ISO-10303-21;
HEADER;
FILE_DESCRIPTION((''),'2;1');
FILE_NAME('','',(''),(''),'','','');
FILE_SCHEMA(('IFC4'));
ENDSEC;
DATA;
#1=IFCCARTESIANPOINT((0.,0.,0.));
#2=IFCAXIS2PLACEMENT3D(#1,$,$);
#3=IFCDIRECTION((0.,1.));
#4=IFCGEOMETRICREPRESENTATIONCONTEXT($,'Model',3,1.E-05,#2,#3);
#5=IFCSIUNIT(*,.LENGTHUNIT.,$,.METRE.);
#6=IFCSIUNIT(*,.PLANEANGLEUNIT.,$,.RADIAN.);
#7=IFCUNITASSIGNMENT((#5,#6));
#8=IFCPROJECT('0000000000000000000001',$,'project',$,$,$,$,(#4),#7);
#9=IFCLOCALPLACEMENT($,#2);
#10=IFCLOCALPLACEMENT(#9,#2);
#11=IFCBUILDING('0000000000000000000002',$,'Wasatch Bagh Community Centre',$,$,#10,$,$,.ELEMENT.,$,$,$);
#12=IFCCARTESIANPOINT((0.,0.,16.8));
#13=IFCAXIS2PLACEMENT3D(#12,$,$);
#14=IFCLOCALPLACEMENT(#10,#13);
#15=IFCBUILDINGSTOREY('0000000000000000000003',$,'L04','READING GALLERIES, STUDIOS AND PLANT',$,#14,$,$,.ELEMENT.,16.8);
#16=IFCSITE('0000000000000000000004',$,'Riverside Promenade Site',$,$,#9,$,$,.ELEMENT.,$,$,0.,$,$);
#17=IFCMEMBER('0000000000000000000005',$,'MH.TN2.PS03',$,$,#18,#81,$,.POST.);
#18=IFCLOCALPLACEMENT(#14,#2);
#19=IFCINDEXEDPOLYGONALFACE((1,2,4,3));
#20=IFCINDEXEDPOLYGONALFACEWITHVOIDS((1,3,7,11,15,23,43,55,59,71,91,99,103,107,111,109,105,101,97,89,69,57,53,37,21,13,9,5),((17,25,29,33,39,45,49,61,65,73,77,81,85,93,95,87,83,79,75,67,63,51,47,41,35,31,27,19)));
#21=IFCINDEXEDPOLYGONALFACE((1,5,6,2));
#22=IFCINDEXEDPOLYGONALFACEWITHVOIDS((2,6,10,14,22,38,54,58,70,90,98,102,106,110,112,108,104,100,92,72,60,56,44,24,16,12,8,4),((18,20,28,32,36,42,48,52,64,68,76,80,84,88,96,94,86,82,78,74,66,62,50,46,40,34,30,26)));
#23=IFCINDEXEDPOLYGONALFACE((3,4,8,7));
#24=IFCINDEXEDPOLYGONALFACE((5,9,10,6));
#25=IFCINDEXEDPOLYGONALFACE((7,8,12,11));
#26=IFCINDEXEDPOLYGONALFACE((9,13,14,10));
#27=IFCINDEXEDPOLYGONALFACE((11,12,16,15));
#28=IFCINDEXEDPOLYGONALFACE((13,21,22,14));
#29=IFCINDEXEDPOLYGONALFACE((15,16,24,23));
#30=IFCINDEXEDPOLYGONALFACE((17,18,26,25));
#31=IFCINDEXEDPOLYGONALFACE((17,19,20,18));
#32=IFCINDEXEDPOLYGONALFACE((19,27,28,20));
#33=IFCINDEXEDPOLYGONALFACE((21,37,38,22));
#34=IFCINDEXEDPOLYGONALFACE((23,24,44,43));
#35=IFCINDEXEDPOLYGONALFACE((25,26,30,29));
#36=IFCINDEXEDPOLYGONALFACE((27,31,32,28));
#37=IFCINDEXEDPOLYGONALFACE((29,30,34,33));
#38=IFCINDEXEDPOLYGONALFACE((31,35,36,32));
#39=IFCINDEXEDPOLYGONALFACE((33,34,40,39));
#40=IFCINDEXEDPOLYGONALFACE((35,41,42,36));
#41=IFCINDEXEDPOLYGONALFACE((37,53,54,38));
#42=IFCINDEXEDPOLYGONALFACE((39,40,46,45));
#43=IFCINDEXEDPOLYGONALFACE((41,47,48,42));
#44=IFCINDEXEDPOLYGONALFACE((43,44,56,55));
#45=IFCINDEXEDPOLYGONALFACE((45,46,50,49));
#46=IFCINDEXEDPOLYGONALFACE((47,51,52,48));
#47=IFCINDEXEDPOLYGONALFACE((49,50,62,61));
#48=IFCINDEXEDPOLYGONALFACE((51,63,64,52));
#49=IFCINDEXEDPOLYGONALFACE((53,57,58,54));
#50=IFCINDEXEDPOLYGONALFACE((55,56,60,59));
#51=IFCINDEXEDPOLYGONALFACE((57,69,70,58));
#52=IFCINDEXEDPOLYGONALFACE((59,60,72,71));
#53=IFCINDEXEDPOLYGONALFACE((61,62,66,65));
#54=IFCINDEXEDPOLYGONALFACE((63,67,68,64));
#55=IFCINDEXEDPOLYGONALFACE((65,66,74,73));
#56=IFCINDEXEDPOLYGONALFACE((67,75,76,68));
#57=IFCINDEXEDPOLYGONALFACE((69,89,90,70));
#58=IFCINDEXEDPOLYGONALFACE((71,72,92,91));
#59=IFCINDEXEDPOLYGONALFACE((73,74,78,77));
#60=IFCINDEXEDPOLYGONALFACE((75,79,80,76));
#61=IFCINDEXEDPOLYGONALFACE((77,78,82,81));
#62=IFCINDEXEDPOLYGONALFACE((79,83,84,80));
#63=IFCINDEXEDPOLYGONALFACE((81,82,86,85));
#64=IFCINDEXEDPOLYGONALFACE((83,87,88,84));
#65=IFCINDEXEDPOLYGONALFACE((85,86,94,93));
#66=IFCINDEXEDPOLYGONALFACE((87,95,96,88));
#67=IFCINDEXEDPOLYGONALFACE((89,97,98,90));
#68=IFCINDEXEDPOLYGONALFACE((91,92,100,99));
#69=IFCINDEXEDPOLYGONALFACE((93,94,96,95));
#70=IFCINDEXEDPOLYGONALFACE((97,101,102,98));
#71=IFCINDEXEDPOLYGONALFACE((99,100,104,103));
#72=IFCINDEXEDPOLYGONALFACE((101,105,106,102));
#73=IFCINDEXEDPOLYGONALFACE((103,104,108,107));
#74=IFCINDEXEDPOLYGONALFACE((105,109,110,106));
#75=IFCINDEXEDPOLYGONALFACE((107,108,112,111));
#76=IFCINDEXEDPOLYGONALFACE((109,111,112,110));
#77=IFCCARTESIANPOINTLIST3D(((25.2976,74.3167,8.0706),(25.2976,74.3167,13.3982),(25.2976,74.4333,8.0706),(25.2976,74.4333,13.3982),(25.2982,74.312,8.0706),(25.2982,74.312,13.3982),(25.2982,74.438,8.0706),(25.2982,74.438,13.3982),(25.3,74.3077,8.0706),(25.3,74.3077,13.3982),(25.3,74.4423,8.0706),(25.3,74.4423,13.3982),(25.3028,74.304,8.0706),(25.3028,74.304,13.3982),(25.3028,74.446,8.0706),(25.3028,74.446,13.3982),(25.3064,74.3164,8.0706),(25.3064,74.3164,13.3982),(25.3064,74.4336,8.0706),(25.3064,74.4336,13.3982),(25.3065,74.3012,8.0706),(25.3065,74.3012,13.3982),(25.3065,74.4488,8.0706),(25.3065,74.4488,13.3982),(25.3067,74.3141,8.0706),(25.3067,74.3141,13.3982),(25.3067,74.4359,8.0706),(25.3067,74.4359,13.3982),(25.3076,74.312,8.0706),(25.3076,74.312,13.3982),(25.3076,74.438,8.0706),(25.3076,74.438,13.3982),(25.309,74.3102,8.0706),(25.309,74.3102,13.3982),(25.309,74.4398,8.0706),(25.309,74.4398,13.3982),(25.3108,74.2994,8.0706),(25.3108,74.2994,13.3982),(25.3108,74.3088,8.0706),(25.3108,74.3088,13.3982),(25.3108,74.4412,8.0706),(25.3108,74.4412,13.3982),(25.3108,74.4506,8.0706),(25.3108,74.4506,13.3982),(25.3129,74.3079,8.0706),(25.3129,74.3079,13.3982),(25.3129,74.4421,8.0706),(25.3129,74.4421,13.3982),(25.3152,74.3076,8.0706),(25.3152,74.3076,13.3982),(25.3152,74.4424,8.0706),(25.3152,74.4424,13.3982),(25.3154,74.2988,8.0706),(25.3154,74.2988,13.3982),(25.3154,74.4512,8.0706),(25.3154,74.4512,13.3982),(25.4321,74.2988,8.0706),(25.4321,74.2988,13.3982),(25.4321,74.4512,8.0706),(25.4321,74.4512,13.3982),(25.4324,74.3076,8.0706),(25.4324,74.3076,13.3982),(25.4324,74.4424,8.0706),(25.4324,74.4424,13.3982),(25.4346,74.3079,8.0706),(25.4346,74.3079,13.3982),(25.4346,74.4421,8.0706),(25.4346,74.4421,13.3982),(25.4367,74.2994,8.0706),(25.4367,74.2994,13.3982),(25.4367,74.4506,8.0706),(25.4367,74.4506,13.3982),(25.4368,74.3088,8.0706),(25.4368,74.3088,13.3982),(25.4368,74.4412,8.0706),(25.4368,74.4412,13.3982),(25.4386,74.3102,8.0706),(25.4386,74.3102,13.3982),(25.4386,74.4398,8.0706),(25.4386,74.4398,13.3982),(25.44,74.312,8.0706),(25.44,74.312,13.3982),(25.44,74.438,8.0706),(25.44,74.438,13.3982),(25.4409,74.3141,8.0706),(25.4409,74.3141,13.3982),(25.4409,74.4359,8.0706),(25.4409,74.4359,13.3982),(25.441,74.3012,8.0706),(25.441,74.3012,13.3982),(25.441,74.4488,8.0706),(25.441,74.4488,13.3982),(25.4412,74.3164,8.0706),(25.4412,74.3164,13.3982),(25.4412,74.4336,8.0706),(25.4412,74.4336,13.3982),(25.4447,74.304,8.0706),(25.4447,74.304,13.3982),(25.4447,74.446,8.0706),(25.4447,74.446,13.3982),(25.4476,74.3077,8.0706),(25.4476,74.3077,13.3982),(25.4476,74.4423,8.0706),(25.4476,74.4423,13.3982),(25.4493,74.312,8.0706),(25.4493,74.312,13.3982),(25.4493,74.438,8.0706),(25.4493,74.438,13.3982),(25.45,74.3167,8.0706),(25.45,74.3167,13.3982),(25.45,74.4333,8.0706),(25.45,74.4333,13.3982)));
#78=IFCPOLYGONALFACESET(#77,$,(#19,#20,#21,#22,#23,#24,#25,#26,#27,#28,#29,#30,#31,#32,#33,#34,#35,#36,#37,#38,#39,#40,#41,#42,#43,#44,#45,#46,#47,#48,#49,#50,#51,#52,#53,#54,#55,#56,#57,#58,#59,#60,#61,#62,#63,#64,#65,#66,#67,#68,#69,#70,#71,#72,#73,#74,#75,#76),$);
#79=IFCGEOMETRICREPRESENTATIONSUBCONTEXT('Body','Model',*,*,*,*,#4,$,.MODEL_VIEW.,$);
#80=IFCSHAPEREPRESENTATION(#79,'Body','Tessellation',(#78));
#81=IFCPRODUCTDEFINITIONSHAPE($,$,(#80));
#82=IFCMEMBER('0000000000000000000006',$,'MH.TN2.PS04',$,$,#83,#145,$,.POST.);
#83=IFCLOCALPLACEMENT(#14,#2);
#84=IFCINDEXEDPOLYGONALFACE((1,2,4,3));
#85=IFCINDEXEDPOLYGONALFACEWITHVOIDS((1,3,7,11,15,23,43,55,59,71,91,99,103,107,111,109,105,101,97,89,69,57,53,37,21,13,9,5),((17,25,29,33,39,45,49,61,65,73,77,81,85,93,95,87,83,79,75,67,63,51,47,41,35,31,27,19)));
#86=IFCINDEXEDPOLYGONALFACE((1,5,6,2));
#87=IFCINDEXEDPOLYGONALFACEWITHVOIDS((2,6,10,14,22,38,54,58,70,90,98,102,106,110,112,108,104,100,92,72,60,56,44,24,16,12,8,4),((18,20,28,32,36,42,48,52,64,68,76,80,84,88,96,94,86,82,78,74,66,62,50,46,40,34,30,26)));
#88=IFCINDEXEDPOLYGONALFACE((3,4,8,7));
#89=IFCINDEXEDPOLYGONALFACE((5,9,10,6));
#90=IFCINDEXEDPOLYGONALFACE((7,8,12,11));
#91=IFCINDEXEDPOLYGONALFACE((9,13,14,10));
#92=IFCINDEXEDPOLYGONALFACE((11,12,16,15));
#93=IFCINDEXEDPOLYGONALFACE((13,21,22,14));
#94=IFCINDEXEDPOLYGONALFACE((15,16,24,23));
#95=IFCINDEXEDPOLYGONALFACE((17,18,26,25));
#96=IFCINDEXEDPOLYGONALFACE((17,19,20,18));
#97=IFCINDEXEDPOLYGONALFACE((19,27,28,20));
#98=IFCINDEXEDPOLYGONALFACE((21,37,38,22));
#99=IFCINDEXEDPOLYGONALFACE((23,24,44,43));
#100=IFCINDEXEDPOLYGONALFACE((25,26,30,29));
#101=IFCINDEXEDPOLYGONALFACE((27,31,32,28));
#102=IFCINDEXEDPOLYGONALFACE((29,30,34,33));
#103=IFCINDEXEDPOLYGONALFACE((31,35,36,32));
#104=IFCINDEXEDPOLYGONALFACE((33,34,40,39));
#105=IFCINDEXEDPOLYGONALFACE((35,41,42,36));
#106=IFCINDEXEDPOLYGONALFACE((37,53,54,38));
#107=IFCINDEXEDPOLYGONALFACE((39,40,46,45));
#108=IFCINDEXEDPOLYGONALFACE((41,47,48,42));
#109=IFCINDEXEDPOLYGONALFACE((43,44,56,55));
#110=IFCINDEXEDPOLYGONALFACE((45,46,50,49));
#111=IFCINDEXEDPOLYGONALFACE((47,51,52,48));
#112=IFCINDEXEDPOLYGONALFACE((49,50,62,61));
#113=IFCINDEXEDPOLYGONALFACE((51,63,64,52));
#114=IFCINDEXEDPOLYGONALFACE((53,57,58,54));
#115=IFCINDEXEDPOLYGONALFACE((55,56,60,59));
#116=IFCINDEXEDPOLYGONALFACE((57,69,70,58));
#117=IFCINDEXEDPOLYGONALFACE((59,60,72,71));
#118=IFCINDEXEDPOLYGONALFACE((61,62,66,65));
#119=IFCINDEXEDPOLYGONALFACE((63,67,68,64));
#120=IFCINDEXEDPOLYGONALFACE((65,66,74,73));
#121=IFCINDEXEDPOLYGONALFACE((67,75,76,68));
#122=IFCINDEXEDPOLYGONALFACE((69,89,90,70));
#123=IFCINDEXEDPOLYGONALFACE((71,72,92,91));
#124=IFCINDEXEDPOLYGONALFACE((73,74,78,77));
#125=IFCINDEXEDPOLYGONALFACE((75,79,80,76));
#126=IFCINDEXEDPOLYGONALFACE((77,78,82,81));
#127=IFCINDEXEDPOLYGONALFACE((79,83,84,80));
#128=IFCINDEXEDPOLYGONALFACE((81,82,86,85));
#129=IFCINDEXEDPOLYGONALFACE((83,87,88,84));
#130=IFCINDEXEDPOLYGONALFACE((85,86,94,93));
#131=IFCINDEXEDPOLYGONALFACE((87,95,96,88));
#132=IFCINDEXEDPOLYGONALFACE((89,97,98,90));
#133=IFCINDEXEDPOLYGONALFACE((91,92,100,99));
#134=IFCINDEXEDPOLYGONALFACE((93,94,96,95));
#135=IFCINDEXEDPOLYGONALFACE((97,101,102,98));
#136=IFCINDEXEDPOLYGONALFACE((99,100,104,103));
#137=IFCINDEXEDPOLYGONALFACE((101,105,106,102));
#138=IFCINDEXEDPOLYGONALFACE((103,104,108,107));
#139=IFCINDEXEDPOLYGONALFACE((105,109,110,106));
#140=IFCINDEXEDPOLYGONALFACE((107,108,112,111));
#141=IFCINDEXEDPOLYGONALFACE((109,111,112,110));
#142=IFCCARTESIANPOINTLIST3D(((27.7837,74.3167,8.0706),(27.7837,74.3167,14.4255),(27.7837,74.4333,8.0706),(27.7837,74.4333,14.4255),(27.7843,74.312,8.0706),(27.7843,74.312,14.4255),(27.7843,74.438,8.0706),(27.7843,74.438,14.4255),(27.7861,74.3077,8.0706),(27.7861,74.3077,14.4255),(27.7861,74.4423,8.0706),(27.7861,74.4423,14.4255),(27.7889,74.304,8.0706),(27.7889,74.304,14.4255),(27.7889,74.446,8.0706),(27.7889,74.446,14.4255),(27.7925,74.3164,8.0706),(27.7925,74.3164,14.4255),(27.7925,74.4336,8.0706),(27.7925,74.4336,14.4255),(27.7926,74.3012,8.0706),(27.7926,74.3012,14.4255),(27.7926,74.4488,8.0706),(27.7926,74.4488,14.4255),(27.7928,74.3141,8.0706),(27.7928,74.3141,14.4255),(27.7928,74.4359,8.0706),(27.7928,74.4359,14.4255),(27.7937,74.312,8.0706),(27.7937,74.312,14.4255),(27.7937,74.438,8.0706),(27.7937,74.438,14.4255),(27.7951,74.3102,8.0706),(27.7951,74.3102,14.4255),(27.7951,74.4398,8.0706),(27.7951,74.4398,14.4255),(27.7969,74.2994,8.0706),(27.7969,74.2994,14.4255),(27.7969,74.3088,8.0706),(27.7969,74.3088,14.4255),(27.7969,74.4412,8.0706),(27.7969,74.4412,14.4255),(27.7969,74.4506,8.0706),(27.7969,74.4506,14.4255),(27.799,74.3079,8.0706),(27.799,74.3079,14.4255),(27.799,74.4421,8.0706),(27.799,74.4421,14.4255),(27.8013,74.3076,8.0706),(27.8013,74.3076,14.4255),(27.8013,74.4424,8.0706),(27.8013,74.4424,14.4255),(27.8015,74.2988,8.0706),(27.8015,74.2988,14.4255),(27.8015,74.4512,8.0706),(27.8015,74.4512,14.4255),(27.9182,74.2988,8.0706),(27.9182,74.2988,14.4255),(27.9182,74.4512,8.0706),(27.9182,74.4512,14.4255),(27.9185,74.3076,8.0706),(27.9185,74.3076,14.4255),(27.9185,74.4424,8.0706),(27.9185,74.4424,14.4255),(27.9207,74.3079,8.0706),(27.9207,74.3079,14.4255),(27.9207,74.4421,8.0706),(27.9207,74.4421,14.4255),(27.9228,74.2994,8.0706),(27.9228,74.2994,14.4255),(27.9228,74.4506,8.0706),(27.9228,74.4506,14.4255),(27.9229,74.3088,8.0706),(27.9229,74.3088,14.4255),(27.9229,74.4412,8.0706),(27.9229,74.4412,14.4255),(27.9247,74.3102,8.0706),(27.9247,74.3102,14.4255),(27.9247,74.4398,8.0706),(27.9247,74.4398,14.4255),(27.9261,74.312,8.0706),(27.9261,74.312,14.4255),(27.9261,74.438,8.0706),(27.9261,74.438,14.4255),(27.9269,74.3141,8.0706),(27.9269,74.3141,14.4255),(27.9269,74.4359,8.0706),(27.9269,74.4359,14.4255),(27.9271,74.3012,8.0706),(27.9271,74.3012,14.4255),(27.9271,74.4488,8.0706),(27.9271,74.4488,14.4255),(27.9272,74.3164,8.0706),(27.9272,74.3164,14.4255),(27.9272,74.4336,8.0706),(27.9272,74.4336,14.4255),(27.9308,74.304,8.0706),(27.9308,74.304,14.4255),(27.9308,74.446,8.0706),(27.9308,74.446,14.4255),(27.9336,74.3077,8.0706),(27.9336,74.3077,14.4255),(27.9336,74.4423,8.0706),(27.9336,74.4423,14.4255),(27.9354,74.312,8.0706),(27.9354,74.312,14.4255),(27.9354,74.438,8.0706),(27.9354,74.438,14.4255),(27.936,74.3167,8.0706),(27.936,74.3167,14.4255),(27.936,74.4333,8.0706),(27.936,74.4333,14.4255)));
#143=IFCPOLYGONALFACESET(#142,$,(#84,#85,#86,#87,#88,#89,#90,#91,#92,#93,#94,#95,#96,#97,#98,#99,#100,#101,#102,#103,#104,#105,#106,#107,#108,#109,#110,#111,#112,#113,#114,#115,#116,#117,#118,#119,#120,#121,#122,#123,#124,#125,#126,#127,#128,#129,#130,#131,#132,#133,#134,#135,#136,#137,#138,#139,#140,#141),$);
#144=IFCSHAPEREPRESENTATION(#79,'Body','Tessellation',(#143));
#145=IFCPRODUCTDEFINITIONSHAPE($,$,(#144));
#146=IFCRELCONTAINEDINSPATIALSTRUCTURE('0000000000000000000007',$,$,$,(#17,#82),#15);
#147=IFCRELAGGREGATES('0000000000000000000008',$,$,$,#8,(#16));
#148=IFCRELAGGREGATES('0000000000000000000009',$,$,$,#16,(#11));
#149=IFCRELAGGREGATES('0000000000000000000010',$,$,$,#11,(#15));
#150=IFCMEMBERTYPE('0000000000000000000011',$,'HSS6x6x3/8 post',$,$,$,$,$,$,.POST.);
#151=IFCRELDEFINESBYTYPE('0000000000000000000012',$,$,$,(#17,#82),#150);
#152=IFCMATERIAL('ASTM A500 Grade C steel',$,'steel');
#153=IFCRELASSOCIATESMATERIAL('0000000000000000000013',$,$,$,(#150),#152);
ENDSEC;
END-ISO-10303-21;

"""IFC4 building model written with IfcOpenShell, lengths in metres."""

from ifc_helpers import new_model, si_unit, direction, frame, origin, origin_2d, place, context, subcontext, project, spatial, hollow_rectangle, extrude, material, material_profile, profile_set, type_object, element, save


model = new_model("IFC4")

# Units and contexts
model_context = context("Model", 3, precision=1e-05, world=origin(), true_north=direction((0.0, 1.0)))
body_context = subcontext(model_context, "Body", "Model", "MODEL_VIEW")
ifc_project = project(units=[si_unit("LENGTHUNIT", "METRE"), si_unit("PLANEANGLEUNIT", "RADIAN")], contexts=[model_context])

# Site, building, storey
site_placement = place(None, origin())
site = spatial("IfcSite", under=ifc_project, at=site_placement, Name="Riverside Promenade Site", CompositionType="ELEMENT", RefElevation=0.0)
building_placement = place(site_placement, origin())
building = spatial("IfcBuilding", under=site, at=building_placement, Name="Wasatch Bagh Community Centre", CompositionType="ELEMENT")
storey_placement = place(building_placement, frame((0.0, 0.0, 16.8)))
storey = spatial("IfcBuildingStorey", under=building, at=storey_placement, Name="L04", Description="READING GALLERIES, STUDIOS AND PLANT", CompositionType="ELEMENT", Elevation=16.8)

# Members
ifc_material_1 = material(Name="ASTM A500 Grade C steel", Category="steel")
ifc_material_profile_1 = material_profile(ifc_material_1, hollow_rectangle(XDim=0.1523, YDim=0.1523, WallThickness=0.0088, InnerFilletRadius=0.0088, OuterFilletRadius=0.0178, at=origin_2d()), Name="HSS6x6x3/8")
ifc_profile_set_1 = profile_set([ifc_material_profile_1], Name="ASTM A500 Grade C steel")
member_type_1 = type_object("IfcMemberType", Name="HSS6x6x3/8 post", PredefinedType="POST", material=ifc_profile_set_1)
member_1_placement = place(storey_placement, frame((25.3738, 74.375, 8.0706), z_axis=(0.0, 0.0, 1.0), x_axis=(1.0, 0.0, 0.0)))
element("IfcMember", 1, at=member_1_placement, inside=storey, type_object=member_type_1, Name="MH.TN2.PS03", PredefinedType="POST", context=body_context, shape_type="SweptSolid", body=[
    extrude(hollow_rectangle(XDim=0.1523, YDim=0.1523, WallThickness=0.0088, InnerFilletRadius=0.0088, OuterFilletRadius=0.0178, at=origin_2d()), origin(), (0.0, 0.0, 1.0), 5.3276),
])
member_2_placement = place(storey_placement, frame((27.8599, 74.375, 8.0706), z_axis=(0.0, 0.0, 1.0), x_axis=(1.0, 0.0, 0.0)))
element("IfcMember", 2, at=member_2_placement, inside=storey, type_object=member_type_1, Name="MH.TN2.PS04", PredefinedType="POST", context=body_context, shape_type="SweptSolid", body=[
    extrude(hollow_rectangle(XDim=0.1523, YDim=0.1523, WallThickness=0.0088, InnerFilletRadius=0.0088, OuterFilletRadius=0.0178, at=origin_2d()), origin(), (0.0, 0.0, 1.0), 6.355),
])

save(model, "model.ifc")
